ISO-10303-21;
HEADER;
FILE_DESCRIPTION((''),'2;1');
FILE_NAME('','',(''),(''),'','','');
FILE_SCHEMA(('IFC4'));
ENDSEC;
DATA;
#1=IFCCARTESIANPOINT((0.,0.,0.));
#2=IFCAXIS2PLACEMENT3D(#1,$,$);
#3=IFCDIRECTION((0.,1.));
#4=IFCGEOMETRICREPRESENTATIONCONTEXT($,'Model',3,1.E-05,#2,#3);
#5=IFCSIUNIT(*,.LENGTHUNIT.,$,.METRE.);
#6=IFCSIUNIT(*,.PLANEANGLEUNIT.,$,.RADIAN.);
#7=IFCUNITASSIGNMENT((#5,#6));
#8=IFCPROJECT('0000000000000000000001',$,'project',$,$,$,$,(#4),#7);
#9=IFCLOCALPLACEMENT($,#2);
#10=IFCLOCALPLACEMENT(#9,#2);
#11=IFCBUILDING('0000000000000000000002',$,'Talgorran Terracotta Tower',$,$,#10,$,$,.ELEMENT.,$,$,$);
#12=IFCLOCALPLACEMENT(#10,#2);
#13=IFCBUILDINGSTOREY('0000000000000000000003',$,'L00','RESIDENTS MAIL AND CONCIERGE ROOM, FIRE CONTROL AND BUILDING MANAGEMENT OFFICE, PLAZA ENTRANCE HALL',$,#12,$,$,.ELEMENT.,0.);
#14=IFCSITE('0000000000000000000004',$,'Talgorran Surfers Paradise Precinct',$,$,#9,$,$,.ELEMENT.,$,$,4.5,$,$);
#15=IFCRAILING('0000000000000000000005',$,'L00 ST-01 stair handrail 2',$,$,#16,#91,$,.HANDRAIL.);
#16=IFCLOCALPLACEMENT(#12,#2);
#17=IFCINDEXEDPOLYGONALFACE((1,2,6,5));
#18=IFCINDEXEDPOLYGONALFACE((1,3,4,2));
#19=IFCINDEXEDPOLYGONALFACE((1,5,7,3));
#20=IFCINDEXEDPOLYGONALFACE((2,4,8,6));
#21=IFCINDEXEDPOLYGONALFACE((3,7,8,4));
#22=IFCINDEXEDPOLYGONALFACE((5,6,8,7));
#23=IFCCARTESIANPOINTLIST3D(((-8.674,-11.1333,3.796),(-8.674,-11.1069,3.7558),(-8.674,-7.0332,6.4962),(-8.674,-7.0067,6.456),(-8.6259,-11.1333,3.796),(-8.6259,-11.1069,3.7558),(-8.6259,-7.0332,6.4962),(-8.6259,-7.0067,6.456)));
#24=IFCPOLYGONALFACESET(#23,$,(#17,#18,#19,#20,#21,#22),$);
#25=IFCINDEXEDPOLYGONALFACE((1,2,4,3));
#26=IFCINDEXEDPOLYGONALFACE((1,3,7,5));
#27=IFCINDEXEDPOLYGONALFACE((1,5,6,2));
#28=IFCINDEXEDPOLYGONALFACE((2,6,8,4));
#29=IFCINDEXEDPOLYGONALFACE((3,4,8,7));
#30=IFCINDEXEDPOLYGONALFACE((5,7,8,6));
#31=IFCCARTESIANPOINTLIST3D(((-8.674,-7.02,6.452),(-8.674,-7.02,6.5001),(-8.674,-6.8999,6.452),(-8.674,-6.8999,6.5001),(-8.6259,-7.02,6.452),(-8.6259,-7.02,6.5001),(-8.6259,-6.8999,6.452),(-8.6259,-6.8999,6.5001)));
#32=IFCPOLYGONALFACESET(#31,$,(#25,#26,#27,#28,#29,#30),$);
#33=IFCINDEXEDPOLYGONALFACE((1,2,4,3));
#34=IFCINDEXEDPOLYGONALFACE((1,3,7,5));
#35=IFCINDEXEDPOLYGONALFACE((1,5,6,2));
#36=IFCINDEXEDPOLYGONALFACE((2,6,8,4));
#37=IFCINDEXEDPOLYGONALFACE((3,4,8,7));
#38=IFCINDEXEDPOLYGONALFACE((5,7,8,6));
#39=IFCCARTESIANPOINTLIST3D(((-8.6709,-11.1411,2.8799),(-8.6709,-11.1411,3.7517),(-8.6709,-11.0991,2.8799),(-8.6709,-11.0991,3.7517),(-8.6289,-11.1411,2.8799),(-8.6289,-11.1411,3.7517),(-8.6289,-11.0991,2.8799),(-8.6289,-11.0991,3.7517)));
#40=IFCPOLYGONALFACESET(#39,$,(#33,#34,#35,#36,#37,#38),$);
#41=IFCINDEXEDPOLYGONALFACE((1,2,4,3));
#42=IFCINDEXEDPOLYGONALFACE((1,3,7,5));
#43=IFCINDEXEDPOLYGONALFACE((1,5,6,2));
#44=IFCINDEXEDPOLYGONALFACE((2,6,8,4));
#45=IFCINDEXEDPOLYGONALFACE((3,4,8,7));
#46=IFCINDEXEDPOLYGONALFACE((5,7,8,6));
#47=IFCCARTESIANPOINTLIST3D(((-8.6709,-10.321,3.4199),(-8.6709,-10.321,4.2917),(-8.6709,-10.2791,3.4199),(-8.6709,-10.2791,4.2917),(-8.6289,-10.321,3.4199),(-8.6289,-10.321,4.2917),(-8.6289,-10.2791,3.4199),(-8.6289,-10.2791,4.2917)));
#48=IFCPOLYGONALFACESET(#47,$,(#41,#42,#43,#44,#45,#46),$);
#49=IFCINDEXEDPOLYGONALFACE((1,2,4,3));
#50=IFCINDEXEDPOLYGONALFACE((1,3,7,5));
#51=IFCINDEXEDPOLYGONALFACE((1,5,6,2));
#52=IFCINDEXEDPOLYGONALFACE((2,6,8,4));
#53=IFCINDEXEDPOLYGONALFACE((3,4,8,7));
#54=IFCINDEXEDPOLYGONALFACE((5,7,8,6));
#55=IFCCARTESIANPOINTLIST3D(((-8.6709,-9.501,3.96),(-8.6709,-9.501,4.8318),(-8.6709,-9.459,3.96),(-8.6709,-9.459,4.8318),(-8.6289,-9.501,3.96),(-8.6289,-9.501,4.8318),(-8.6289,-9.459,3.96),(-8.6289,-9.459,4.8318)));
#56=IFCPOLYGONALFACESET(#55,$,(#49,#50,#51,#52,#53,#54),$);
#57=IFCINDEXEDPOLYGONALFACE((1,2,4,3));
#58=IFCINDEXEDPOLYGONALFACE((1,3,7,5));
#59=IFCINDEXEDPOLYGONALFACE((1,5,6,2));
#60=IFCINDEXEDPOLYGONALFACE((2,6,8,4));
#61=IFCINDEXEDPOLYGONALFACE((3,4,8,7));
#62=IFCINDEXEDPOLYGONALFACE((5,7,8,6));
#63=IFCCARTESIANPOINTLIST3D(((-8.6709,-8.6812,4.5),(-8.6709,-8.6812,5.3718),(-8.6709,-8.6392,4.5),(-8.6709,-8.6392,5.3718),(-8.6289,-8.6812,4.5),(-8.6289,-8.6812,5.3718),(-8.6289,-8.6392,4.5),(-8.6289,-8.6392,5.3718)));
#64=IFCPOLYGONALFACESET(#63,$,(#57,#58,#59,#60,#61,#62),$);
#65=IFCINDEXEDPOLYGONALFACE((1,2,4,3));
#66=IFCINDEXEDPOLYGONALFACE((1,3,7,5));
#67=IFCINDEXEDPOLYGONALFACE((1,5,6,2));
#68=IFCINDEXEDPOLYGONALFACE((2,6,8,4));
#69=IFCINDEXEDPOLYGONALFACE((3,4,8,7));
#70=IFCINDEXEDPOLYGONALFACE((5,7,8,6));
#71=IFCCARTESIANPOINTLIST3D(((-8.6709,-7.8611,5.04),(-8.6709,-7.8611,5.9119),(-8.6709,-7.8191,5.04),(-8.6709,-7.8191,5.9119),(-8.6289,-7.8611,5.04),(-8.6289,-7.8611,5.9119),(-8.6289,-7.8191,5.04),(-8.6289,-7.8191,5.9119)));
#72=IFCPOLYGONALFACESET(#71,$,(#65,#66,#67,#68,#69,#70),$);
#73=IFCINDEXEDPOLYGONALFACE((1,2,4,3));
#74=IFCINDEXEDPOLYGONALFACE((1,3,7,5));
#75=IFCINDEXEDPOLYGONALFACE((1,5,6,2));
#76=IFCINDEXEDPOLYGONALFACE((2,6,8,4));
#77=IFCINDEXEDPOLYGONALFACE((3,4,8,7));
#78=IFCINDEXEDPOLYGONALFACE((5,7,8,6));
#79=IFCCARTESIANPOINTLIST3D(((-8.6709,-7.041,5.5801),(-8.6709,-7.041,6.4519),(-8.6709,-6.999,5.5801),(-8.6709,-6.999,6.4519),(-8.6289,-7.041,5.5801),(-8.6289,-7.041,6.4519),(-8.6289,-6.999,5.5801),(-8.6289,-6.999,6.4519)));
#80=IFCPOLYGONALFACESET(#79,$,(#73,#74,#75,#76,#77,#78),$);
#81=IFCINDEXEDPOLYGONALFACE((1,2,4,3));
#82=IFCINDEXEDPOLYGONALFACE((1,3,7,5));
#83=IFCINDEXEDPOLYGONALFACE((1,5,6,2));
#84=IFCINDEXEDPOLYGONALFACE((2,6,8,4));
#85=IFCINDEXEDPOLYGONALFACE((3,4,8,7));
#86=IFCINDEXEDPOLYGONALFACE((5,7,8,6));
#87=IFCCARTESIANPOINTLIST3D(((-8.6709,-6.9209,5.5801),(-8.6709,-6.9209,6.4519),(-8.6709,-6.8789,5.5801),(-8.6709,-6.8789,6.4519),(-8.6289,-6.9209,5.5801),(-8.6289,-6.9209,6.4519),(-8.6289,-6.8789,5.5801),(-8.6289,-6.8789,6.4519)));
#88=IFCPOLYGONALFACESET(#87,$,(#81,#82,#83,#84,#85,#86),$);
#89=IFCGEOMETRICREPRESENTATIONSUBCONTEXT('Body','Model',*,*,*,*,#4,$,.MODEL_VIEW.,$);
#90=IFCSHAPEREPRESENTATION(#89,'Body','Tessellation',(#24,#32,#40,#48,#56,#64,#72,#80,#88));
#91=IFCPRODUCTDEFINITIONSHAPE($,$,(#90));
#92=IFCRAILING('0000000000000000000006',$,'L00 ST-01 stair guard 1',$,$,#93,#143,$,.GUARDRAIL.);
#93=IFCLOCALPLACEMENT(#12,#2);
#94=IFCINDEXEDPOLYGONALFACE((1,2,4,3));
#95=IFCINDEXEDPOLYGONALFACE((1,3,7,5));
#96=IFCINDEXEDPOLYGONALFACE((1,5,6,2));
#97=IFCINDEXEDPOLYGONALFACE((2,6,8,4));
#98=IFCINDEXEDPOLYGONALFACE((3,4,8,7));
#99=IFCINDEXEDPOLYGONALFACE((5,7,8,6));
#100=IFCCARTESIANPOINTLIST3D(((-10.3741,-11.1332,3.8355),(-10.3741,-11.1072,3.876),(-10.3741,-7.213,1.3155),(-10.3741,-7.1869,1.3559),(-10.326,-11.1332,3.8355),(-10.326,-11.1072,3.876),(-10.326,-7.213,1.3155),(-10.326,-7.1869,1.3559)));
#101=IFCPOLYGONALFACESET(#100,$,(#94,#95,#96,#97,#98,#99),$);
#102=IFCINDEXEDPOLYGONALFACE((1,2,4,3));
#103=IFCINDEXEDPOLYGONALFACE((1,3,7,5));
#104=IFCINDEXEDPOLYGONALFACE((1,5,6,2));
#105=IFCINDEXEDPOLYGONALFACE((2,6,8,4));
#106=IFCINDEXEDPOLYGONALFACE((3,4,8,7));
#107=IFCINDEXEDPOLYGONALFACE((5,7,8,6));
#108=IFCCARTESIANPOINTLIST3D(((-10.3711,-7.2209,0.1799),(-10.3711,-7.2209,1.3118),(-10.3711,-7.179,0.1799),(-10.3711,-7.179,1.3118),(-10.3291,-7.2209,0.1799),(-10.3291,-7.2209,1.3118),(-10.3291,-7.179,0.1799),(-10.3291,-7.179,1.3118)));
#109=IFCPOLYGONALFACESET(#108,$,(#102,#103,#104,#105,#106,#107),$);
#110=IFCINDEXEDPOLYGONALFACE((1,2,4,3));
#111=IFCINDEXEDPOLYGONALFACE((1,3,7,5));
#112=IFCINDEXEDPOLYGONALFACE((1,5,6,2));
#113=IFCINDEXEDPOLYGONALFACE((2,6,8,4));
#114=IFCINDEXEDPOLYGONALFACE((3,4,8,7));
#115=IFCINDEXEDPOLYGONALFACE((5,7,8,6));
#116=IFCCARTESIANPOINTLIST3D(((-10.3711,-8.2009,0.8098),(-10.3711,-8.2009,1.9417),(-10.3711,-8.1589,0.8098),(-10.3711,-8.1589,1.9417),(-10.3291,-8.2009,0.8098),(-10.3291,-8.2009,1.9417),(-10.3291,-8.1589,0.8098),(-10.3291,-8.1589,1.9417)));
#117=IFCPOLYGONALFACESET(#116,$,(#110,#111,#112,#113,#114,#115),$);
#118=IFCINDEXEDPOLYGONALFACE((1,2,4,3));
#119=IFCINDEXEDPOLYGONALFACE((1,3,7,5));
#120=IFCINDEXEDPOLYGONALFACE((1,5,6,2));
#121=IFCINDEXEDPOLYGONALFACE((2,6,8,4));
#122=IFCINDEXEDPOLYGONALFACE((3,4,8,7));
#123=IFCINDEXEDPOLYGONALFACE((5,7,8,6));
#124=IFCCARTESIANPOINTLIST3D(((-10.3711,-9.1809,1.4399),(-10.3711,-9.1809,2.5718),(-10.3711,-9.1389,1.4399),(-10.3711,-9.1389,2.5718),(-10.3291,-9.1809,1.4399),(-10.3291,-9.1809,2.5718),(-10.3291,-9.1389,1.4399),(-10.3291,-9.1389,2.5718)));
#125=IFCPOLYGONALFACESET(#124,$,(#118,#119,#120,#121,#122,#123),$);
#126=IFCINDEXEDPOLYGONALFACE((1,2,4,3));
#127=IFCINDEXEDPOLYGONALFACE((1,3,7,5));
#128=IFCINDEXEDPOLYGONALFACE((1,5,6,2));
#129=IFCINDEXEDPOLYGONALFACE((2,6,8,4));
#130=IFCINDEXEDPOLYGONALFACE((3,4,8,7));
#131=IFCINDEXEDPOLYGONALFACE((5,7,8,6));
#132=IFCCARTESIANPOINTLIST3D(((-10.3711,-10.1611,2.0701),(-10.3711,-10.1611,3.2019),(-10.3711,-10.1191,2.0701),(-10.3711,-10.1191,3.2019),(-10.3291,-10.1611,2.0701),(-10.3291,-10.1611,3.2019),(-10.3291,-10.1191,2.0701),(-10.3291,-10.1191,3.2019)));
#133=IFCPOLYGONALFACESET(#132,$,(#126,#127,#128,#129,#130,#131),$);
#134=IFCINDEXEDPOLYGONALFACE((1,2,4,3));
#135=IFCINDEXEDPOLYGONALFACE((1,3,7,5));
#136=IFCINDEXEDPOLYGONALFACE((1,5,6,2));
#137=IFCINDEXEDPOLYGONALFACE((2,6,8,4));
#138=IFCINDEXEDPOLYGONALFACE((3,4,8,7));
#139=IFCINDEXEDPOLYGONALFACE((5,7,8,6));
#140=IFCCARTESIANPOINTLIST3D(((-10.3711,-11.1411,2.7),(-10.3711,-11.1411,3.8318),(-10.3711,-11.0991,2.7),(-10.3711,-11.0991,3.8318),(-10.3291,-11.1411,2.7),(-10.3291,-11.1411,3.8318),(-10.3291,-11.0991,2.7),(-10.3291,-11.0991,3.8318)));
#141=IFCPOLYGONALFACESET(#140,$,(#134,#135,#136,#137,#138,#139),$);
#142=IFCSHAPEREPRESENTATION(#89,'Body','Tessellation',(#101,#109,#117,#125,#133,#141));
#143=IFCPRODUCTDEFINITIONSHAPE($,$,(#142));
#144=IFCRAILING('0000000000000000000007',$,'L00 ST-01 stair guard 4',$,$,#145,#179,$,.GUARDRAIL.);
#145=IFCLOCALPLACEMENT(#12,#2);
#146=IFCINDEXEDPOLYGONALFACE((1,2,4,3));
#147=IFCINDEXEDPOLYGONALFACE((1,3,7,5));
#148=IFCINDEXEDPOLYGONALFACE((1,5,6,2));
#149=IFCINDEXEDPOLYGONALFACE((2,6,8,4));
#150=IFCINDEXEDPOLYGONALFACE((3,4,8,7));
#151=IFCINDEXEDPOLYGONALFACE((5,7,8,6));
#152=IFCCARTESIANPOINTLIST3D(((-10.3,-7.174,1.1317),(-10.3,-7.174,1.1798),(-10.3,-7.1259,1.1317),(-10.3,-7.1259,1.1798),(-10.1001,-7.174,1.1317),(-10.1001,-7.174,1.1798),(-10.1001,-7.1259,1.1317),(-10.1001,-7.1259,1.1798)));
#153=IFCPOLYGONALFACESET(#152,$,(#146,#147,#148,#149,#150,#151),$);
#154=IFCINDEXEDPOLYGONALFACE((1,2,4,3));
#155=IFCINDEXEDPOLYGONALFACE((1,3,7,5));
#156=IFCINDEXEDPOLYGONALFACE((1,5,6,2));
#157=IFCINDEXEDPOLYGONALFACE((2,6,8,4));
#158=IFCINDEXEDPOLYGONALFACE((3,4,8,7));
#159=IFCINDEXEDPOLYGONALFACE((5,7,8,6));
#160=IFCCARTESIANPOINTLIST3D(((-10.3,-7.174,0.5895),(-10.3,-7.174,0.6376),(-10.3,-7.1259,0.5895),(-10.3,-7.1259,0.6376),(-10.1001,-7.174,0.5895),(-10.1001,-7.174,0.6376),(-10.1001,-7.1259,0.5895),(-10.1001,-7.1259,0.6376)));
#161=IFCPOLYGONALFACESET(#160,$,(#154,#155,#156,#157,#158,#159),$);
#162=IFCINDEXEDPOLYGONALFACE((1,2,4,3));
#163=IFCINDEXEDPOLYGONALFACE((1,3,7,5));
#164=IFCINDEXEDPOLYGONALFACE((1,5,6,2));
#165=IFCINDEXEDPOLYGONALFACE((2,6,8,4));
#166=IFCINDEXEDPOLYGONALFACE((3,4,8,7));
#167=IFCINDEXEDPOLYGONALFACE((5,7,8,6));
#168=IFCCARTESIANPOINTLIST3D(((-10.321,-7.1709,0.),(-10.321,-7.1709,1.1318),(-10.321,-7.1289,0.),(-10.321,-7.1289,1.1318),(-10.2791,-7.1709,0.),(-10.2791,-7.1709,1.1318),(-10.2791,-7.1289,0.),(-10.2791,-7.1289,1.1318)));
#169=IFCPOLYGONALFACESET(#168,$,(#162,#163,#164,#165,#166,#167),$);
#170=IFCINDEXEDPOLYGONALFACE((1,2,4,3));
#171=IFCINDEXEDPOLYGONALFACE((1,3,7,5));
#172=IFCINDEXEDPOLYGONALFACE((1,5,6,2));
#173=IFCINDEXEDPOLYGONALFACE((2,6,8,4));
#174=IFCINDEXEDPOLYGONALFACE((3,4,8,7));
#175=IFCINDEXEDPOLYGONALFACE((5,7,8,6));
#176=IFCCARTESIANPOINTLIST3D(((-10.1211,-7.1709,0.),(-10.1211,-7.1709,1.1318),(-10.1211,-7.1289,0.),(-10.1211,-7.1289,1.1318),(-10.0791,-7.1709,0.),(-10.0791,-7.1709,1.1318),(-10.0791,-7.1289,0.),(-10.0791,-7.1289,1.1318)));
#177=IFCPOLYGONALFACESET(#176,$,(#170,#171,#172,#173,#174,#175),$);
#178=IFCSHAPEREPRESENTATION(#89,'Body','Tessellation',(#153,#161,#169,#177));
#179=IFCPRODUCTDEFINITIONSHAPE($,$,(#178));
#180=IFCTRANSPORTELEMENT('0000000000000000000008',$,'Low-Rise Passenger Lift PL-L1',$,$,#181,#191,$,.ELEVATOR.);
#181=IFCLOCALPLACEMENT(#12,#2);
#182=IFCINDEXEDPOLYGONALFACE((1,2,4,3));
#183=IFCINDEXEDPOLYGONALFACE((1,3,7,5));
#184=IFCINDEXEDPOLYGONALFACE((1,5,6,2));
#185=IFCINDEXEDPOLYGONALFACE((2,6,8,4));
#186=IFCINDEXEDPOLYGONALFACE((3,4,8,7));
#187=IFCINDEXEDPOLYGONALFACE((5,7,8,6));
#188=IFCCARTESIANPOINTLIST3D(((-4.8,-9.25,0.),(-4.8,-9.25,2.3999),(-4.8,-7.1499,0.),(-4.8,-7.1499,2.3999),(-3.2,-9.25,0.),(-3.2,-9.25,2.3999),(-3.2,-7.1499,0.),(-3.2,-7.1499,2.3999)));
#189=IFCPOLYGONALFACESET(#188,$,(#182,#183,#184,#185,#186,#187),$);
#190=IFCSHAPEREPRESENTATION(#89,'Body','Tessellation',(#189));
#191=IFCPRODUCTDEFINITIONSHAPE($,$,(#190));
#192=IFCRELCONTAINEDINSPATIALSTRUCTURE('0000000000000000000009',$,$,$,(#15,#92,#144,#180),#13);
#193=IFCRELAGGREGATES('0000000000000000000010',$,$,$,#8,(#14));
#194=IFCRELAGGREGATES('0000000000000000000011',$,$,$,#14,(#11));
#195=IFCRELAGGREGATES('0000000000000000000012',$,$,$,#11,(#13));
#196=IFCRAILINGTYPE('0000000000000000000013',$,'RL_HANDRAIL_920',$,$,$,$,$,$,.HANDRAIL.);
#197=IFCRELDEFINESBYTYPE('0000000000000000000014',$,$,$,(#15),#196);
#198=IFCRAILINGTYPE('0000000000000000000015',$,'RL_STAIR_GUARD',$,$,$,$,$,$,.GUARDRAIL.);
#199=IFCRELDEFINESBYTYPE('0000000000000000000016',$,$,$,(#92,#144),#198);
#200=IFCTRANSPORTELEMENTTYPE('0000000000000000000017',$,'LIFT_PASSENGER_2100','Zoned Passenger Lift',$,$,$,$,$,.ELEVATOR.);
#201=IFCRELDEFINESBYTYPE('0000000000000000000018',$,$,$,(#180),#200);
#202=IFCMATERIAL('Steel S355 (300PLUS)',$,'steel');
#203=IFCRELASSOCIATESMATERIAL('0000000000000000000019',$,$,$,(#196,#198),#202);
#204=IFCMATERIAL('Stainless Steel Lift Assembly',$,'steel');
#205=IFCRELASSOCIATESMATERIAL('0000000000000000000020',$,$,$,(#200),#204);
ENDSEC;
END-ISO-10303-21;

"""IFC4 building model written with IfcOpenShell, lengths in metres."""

from ifc_helpers import new_model, si_unit, direction, frame, origin, origin_2d, place, context, subcontext, project, spatial, rectangle, extrude, material, type_object, element, save


model = new_model("IFC4")

# Units and contexts
model_context = context("Model", 3, precision=1e-05, world=origin(), true_north=direction((0.0, 1.0)))
body_context = subcontext(model_context, "Body", "Model", "MODEL_VIEW")
ifc_project = project(units=[si_unit("LENGTHUNIT", "METRE"), si_unit("PLANEANGLEUNIT", "RADIAN")], contexts=[model_context])

# Site, building, storey
site_placement = place(None, origin())
site = spatial("IfcSite", under=ifc_project, at=site_placement, Name="Talgorran Surfers Paradise Precinct", CompositionType="ELEMENT", RefElevation=4.5)
building_placement = place(site_placement, origin())
building = spatial("IfcBuilding", under=site, at=building_placement, Name="Talgorran Terracotta Tower", CompositionType="ELEMENT")
storey_placement = place(building_placement, origin())
storey = spatial("IfcBuildingStorey", under=building, at=storey_placement, Name="L00", Description="RESIDENTS MAIL AND CONCIERGE ROOM, FIRE CONTROL AND BUILDING MANAGEMENT OFFICE, PLAZA ENTRANCE HALL", CompositionType="ELEMENT", Elevation=0.0)

# Railings
ifc_material_1 = material(Name="Steel S355 (300PLUS)", Category="steel")
railing_type_1 = type_object("IfcRailingType", Name="RL_HANDRAIL_920", PredefinedType="HANDRAIL", material=ifc_material_1)
railing_1_placement = place(storey_placement, frame((-8.6499, -11.1201, 2.8799)))
element("IfcRailing", 1, at=railing_1_placement, inside=storey, type_object=railing_type_1, Name="L00 ST-01 stair handrail 2", PredefinedType="HANDRAIL", context=body_context, shape_type="SweptSolid", body=[
    extrude(rectangle(XDim=0.0481, YDim=0.0481, at=origin_2d()), frame((0.0, 0.0, 0.896), z_axis=(0.0, 0.835159, 0.550009), x_axis=(-1.0, 0.0, 0.0)), (0.0, 0.0, 1.0), 4.9094),
    extrude(rectangle(XDim=0.0481, YDim=0.0481, at=origin_2d()), frame((0.0, 4.1001, 3.5962), z_axis=(0.0, 1.0, 0.0), x_axis=(-1.0, 0.0, 0.0)), (0.0, 0.0, 1.0), 0.1201),
    extrude(rectangle(XDim=0.042, YDim=0.042, at=origin_2d()), origin(), (0.0, 0.0, 1.0), 0.8718),
    extrude(rectangle(XDim=0.042, YDim=0.042, at=origin_2d()), frame((0.0, 0.8201, 0.54)), (0.0, 0.0, 1.0), 0.8718),
    extrude(rectangle(XDim=0.042, YDim=0.042, at=origin_2d()), frame((0.0, 1.6401, 1.0801)), (0.0, 0.0, 1.0), 0.8718),
    extrude(rectangle(XDim=0.042, YDim=0.042, at=origin_2d()), frame((0.0, 2.46, 1.6201)), (0.0, 0.0, 1.0), 0.8718),
    extrude(rectangle(XDim=0.042, YDim=0.042, at=origin_2d()), frame((0.0, 3.28, 2.1602)), (0.0, 0.0, 1.0), 0.8718),
    extrude(rectangle(XDim=0.042, YDim=0.042, at=origin_2d()), frame((0.0, 4.1001, 2.7002)), (0.0, 0.0, 1.0), 0.8718),
    extrude(rectangle(XDim=0.042, YDim=0.042, at=origin_2d()), frame((0.0, 4.2202, 2.7002)), (0.0, 0.0, 1.0), 0.8718),
])
railing_type_2 = type_object("IfcRailingType", Name="RL_STAIR_GUARD", PredefinedType="GUARDRAIL", material=ifc_material_1)
railing_2_placement = place(storey_placement, frame((-10.3501, -7.2, 0.1799)))
element("IfcRailing", 2, at=railing_2_placement, inside=storey, type_object=railing_type_2, Name="L00 ST-01 stair guard 1", PredefinedType="GUARDRAIL", context=body_context, shape_type="SweptSolid", body=[
    extrude(rectangle(XDim=0.0481, YDim=0.0481, at=origin_2d()), frame((0.0, 0.0, 1.1558), z_axis=(0.0, -0.841187, 0.540744), x_axis=(1.0, 0.0, 0.0)), (0.0, 0.0, 1.0), 4.6604),
    extrude(rectangle(XDim=0.042, YDim=0.042, at=origin_2d()), origin(), (0.0, 0.0, 1.0), 1.1318),
    extrude(rectangle(XDim=0.042, YDim=0.042, at=origin_2d()), frame((0.0, -0.98, 0.6299)), (0.0, 0.0, 1.0), 1.1318),
    extrude(rectangle(XDim=0.042, YDim=0.042, at=origin_2d()), frame((0.0, -1.96, 1.26)), (0.0, 0.0, 1.0), 1.1318),
    extrude(rectangle(XDim=0.042, YDim=0.042, at=origin_2d()), frame((0.0, -2.9402, 1.8901)), (0.0, 0.0, 1.0), 1.1318),
    extrude(rectangle(XDim=0.042, YDim=0.042, at=origin_2d()), frame((0.0, -3.9202, 2.52)), (0.0, 0.0, 1.0), 1.1318),
])
railing_3_placement = place(storey_placement, frame((-10.3, -7.1499, 0.0)))
element("IfcRailing", 3, at=railing_3_placement, inside=storey, type_object=railing_type_2, Name="L00 ST-01 stair guard 4", PredefinedType="GUARDRAIL", context=body_context, shape_type="SweptSolid", body=[
    extrude(rectangle(XDim=0.0481, YDim=0.0481, at=origin_2d()), frame((0.0, 0.0, 1.1558), z_axis=(1.0, 0.0, 0.0), x_axis=(0.0, 1.0, 0.0)), (0.0, 0.0, 1.0), 0.2),
    extrude(rectangle(XDim=0.0481, YDim=0.0481, at=origin_2d()), frame((0.0, 0.0, 0.6135), z_axis=(1.0, 0.0, 0.0), x_axis=(0.0, 1.0, 0.0)), (0.0, 0.0, 1.0), 0.2),
    extrude(rectangle(XDim=0.042, YDim=0.042, at=origin_2d()), origin(), (0.0, 0.0, 1.0), 1.1318),
    extrude(rectangle(XDim=0.042, YDim=0.042, at=origin_2d()), frame((0.2, 0.0, 0.0)), (0.0, 0.0, 1.0), 1.1318),
])

# Transport element
ifc_material_2 = material(Name="Stainless Steel Lift Assembly", Category="steel")
transport_element_type = type_object("IfcTransportElementType", Name="LIFT_PASSENGER_2100", Description="Zoned Passenger Lift", PredefinedType="ELEVATOR", material=ifc_material_2)
transport_element_placement = place(storey_placement, frame((-4.0, -8.2, 0.0), z_axis=(0.0, 0.0, 1.0), x_axis=(1.0, 0.0, 0.0)))
element("IfcTransportElement", 4, at=transport_element_placement, inside=storey, type_object=transport_element_type, Name="Low-Rise Passenger Lift PL-L1", PredefinedType="ELEVATOR", context=body_context, shape_type="SweptSolid", body=[
    extrude(rectangle(XDim=1.6001, YDim=2.1001, at=origin_2d()), origin(), (0.0, 0.0, 1.0), 2.3999),
])

save(model, "model.ifc")
